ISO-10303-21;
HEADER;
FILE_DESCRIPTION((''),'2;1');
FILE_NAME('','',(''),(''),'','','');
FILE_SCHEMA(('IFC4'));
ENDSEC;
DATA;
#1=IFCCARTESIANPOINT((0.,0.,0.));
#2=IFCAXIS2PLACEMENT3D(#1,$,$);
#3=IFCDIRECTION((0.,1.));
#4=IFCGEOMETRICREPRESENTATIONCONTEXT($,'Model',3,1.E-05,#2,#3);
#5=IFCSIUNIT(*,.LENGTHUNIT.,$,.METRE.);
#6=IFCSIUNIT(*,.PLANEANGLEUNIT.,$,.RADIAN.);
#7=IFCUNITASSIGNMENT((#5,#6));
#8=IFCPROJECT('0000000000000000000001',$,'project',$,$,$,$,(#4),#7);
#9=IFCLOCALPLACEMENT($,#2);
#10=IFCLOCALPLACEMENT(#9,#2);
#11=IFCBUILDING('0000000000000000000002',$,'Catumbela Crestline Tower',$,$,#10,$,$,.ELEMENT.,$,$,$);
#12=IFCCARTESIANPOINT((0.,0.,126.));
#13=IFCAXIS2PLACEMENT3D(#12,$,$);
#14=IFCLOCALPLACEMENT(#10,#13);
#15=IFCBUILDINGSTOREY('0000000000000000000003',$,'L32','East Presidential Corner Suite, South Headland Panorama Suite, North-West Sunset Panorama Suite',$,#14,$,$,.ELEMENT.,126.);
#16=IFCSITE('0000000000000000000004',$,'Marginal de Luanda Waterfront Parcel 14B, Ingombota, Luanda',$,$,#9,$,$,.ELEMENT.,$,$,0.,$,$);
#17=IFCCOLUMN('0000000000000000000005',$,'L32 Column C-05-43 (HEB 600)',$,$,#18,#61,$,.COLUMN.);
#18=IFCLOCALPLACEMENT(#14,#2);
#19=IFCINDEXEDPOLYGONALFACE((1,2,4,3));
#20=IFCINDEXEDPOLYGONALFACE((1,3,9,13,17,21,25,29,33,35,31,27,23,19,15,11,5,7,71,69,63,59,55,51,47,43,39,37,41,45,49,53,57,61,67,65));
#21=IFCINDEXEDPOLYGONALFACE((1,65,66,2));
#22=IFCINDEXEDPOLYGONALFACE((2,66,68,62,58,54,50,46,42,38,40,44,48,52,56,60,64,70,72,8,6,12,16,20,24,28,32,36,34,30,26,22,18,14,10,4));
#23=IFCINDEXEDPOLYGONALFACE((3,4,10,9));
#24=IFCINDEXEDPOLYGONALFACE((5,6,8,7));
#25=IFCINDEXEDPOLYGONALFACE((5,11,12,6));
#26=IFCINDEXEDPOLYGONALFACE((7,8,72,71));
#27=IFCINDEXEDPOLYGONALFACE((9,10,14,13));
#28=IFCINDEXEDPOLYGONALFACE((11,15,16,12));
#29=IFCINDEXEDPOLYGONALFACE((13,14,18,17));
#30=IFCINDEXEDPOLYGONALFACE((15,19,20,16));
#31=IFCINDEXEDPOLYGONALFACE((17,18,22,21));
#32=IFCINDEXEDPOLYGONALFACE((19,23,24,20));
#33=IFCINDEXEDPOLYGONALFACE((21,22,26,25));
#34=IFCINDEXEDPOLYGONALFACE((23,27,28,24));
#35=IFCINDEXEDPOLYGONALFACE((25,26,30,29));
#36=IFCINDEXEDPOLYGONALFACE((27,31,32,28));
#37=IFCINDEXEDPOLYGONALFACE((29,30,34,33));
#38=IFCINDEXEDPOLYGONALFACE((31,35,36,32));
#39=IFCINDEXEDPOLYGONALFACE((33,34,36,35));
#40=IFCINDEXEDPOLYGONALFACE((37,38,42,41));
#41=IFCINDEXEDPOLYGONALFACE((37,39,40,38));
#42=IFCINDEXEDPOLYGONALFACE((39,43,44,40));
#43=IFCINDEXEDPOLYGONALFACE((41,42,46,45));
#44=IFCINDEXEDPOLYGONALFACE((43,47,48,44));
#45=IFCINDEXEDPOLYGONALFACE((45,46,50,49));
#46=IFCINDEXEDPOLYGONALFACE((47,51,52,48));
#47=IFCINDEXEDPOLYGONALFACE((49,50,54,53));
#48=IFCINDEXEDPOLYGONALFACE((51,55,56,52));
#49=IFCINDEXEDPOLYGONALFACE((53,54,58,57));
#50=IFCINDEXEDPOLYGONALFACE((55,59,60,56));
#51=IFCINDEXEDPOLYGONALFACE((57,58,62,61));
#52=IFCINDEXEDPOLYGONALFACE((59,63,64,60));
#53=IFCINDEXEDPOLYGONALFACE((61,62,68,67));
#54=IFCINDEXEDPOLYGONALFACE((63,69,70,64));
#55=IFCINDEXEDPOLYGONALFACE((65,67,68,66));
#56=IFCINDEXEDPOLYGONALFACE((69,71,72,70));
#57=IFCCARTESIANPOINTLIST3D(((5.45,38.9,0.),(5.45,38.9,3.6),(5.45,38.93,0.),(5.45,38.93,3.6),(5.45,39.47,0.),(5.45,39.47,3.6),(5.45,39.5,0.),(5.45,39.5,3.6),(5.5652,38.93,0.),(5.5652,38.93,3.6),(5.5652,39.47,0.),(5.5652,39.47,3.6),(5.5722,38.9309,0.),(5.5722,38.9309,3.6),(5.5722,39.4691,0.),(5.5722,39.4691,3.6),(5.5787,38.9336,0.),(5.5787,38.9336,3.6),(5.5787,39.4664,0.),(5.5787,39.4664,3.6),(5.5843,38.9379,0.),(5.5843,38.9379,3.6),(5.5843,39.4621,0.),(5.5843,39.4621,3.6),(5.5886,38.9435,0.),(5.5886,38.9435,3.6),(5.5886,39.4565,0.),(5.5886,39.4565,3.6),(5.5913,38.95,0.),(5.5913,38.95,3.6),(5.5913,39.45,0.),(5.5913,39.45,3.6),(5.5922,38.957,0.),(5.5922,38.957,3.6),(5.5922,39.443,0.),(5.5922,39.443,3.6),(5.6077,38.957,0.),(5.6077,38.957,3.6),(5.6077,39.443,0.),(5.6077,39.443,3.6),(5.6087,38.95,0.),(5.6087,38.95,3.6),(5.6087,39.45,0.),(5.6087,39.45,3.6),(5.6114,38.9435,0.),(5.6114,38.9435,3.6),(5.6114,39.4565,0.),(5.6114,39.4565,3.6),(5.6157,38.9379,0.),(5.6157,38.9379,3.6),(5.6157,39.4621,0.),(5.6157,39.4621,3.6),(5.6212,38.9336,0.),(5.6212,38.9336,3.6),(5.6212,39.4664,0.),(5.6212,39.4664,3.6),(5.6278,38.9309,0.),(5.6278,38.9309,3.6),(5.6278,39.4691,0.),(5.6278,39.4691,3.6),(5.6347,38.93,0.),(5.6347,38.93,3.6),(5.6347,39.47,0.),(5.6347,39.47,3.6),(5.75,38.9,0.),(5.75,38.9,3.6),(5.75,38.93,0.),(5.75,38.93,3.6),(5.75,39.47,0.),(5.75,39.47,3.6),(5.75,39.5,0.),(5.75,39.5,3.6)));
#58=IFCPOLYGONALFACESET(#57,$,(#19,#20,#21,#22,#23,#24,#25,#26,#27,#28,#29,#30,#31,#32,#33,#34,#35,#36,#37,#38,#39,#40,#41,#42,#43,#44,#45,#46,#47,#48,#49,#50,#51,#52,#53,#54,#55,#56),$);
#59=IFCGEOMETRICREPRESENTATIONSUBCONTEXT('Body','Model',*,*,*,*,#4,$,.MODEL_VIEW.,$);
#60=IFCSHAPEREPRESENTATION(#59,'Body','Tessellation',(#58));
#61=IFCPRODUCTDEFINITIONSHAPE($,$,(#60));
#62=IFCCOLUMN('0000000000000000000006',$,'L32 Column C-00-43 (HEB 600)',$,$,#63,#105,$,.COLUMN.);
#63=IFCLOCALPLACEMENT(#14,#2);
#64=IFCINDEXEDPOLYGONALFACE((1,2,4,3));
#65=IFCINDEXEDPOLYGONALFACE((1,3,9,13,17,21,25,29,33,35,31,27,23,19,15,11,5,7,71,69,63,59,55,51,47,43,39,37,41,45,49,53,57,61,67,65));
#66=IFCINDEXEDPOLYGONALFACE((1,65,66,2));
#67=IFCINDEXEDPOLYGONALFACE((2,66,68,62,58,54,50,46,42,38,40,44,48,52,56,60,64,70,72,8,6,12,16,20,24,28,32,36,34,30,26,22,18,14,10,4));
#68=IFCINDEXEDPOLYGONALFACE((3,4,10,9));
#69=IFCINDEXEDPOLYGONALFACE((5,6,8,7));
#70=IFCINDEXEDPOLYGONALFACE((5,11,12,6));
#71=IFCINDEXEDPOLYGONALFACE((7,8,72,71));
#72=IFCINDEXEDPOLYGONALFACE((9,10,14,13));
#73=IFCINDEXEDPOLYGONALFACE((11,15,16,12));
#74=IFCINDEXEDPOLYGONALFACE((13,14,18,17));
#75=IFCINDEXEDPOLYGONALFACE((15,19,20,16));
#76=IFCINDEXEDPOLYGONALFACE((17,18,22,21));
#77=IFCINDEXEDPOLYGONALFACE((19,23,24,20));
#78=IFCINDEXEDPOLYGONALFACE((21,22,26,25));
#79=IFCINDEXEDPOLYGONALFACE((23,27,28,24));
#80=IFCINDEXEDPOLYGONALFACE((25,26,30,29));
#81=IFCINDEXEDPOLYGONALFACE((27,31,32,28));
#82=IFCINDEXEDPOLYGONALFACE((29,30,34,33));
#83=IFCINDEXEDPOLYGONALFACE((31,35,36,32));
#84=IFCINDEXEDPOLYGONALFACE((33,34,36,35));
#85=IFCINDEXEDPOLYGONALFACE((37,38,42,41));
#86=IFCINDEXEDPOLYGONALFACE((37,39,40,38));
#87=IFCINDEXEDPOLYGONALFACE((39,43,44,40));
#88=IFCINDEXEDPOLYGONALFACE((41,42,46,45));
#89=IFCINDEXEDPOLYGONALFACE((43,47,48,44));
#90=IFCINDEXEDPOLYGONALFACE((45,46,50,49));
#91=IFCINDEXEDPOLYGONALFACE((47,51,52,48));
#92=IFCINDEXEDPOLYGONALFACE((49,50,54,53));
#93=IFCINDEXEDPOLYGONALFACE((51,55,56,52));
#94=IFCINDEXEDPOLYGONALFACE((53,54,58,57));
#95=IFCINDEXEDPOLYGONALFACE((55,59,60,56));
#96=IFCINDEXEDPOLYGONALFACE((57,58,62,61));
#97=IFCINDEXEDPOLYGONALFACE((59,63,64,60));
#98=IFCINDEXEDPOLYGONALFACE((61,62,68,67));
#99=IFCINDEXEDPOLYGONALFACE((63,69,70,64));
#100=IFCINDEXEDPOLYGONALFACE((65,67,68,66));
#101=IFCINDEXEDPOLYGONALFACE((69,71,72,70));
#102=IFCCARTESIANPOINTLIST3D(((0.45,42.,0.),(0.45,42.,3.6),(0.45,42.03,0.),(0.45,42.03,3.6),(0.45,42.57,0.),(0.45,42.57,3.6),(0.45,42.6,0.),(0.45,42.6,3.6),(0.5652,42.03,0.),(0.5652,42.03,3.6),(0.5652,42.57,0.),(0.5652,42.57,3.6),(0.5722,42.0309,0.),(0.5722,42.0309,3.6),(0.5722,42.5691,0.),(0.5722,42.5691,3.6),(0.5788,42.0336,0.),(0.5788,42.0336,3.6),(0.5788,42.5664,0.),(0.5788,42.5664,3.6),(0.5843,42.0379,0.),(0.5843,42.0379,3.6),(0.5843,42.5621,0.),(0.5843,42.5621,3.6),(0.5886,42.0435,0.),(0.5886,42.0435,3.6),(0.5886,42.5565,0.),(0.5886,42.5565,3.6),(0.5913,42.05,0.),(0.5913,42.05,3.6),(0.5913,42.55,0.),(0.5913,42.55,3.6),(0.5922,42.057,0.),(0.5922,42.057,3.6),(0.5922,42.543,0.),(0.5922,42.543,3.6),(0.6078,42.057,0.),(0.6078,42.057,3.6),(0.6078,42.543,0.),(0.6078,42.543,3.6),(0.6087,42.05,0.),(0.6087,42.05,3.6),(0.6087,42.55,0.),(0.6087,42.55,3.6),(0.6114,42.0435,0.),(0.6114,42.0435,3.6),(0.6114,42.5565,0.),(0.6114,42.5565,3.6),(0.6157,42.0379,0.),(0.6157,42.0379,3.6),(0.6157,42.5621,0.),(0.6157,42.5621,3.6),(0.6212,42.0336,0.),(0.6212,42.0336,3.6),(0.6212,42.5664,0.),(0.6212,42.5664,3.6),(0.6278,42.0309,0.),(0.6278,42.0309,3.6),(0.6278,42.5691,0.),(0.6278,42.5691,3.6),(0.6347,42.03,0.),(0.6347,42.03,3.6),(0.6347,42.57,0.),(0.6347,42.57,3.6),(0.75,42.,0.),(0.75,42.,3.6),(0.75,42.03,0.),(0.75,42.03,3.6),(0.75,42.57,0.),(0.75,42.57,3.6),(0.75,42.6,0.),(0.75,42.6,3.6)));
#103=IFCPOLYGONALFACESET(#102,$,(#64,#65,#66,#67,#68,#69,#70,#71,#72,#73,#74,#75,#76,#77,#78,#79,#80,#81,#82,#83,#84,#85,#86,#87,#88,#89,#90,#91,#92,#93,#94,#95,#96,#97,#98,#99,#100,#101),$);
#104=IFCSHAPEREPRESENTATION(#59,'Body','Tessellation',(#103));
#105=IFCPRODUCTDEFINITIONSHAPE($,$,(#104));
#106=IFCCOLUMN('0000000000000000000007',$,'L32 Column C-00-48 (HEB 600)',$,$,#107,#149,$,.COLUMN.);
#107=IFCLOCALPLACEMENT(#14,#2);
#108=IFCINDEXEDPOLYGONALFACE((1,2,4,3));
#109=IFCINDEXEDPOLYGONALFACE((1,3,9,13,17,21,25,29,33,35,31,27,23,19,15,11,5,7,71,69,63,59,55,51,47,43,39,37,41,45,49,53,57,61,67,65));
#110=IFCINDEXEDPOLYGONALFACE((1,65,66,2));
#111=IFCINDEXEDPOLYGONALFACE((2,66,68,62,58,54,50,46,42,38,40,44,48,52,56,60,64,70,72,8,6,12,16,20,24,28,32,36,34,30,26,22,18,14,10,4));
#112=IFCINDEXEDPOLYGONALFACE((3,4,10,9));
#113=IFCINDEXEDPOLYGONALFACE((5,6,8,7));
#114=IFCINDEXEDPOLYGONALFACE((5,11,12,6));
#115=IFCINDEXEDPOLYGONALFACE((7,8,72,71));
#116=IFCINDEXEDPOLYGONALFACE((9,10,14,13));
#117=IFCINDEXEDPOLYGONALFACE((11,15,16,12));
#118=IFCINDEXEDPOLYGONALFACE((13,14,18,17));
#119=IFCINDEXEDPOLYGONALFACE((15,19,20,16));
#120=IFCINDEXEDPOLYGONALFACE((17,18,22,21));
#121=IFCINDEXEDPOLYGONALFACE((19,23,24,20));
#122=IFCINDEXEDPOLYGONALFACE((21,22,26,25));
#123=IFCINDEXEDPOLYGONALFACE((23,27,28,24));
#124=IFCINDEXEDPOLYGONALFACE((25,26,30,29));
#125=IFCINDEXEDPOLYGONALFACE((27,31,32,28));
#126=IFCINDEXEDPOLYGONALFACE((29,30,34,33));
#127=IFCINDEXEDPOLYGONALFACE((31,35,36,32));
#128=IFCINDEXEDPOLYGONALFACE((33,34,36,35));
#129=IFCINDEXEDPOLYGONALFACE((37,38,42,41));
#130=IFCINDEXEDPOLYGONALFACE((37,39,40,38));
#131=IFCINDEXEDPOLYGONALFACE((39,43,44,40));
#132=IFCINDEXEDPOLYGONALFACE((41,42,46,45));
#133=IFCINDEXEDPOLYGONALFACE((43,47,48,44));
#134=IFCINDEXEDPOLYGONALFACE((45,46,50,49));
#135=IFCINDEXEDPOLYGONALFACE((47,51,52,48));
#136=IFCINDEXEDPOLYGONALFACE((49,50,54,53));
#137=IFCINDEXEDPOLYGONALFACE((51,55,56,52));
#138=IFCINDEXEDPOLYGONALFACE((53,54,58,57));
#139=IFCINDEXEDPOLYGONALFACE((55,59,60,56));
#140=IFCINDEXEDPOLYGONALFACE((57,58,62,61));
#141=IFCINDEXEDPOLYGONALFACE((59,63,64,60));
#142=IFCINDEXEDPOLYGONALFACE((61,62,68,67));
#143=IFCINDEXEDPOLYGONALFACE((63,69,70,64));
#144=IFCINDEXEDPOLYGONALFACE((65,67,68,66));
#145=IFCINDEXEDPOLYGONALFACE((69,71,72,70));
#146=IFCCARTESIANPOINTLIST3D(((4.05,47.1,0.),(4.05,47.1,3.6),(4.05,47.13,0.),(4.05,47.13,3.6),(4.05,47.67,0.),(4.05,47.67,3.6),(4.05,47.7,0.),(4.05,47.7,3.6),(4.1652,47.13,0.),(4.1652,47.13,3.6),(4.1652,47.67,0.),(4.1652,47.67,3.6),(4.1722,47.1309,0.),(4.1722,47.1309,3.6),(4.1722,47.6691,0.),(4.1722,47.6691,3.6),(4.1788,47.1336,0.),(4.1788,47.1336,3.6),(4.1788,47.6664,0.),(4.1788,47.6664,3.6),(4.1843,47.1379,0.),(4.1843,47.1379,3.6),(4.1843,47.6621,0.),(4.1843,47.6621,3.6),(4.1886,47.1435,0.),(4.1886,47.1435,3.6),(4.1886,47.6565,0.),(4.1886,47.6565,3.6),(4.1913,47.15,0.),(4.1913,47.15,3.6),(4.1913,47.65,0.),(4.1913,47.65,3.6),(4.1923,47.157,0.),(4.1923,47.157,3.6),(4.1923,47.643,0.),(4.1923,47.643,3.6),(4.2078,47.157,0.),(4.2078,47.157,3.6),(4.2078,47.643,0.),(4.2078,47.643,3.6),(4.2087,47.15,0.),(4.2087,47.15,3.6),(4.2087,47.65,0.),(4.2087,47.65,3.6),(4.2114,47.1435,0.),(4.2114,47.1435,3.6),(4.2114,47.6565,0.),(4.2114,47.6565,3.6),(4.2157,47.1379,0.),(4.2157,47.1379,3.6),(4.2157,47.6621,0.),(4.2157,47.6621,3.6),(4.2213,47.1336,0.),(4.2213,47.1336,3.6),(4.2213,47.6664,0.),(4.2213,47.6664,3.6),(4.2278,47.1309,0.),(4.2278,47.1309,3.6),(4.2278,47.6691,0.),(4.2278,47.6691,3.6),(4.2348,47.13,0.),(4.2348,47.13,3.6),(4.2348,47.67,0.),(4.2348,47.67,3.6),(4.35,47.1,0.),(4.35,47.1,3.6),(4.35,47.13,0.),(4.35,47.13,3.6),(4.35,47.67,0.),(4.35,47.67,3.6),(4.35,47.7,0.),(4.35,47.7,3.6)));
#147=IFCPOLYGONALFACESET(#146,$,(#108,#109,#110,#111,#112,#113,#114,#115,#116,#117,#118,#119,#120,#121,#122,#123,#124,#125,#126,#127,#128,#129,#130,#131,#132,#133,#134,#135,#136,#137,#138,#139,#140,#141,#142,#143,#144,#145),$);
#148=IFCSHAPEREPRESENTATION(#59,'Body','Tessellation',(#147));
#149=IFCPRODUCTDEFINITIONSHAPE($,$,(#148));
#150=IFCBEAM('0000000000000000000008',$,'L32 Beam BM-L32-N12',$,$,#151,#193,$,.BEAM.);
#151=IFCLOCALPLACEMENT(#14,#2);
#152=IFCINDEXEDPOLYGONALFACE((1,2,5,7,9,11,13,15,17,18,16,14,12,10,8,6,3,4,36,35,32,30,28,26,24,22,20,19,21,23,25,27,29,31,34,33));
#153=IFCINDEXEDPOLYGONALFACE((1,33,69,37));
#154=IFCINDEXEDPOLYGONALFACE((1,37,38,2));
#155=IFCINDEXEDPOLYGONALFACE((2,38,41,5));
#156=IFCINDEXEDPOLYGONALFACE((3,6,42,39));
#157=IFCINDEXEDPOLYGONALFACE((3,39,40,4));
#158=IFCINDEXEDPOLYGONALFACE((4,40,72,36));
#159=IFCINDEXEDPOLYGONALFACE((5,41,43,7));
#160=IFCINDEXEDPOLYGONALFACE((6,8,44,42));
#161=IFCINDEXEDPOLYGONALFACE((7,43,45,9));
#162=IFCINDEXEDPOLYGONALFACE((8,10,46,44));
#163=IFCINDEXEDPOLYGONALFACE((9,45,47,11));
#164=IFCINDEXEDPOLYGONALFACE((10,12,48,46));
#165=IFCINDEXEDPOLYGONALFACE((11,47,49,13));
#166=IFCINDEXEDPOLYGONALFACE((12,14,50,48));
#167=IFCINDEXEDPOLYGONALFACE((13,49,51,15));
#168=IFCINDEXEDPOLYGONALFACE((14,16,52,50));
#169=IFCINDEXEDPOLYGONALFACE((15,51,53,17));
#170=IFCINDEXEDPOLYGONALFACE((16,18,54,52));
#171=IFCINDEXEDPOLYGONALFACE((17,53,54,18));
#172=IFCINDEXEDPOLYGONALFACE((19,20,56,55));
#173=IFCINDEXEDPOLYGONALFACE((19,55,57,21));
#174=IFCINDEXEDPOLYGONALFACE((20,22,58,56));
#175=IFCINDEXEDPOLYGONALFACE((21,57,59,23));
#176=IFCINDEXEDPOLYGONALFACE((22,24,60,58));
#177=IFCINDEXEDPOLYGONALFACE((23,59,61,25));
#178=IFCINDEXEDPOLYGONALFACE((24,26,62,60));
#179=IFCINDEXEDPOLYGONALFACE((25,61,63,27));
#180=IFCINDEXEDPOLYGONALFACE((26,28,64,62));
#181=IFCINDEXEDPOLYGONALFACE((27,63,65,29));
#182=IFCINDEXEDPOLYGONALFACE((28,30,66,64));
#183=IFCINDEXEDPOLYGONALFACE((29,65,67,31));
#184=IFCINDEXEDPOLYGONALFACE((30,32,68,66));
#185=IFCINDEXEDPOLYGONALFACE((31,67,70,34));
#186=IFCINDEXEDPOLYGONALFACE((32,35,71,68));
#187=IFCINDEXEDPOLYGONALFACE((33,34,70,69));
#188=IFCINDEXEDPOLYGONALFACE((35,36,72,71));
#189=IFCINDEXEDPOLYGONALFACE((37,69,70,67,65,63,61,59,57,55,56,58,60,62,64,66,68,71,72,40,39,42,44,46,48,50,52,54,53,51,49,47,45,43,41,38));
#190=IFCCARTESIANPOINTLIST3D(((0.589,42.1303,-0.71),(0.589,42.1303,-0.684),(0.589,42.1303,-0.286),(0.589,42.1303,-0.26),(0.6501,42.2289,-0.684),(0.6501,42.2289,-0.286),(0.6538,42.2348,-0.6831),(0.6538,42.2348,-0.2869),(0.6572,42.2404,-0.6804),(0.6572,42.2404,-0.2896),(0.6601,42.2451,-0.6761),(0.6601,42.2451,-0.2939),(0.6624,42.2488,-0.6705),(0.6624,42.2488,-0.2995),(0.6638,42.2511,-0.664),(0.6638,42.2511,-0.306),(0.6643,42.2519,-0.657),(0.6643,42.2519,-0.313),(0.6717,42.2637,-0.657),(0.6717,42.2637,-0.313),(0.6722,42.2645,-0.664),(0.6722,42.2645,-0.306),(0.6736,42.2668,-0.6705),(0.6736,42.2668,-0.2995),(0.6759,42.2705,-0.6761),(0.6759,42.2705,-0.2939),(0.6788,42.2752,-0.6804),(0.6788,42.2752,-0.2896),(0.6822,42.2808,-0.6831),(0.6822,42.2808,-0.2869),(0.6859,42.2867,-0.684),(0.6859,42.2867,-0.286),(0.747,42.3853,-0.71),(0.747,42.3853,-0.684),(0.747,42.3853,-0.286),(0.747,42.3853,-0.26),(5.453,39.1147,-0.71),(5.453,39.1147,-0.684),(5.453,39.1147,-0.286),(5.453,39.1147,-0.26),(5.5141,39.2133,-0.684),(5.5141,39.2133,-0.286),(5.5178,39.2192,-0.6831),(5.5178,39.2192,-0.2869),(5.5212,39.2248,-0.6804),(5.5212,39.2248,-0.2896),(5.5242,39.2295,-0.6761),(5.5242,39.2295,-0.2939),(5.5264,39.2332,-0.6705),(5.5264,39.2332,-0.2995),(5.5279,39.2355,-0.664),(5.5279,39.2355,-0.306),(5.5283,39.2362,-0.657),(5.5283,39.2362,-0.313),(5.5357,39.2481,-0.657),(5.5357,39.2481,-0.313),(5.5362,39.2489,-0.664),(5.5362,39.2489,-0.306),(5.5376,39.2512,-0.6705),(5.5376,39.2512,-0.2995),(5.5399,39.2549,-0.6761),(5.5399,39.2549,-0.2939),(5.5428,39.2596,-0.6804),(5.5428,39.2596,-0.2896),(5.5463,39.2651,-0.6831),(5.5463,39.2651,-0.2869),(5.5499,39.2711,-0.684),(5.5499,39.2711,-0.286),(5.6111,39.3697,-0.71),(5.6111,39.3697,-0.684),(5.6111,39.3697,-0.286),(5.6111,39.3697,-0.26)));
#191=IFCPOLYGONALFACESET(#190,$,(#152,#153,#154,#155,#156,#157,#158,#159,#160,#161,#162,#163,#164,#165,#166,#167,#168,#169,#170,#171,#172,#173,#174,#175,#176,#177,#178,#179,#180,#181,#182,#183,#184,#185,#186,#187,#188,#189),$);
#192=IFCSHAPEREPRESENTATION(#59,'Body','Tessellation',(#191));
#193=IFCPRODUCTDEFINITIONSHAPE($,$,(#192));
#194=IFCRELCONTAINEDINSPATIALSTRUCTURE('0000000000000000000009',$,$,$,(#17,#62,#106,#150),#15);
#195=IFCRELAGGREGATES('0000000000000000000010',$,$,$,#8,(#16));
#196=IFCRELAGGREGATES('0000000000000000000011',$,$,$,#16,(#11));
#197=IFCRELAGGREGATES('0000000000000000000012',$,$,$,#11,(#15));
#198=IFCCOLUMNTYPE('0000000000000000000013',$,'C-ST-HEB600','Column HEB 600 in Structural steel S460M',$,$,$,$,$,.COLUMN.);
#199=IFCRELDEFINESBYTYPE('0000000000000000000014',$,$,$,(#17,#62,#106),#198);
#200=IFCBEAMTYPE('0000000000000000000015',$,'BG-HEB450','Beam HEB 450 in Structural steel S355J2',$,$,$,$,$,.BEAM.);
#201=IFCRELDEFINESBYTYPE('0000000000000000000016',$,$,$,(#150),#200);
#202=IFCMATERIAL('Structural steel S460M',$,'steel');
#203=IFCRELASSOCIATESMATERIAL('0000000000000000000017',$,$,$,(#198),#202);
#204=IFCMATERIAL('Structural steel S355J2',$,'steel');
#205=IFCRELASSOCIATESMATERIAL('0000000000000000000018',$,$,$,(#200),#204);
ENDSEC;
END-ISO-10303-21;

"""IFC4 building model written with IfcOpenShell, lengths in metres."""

from ifc_helpers import new_model, si_unit, direction, frame, origin, origin_2d, place, context, subcontext, project, spatial, i_section, extrude, material, material_profile, profile_set, type_object, element, save


model = new_model("IFC4")

# Units and contexts
model_context = context("Model", 3, precision=1e-05, world=origin(), true_north=direction((0.0, 1.0)))
body_context = subcontext(model_context, "Body", "Model", "MODEL_VIEW")
ifc_project = project(units=[si_unit("LENGTHUNIT", "METRE"), si_unit("PLANEANGLEUNIT", "RADIAN")], contexts=[model_context])

# Site, building, storey
site_placement = place(None, origin())
site = spatial("IfcSite", under=ifc_project, at=site_placement, Name="Marginal de Luanda Waterfront Parcel 14B, Ingombota, Luanda", CompositionType="ELEMENT", RefElevation=0.0)
building_placement = place(site_placement, origin())
building = spatial("IfcBuilding", under=site, at=building_placement, Name="Catumbela Crestline Tower", CompositionType="ELEMENT")
storey_placement = place(building_placement, frame((0.0, 0.0, 126.0)))
storey = spatial("IfcBuildingStorey", under=building, at=storey_placement, Name="L32", Description="East Presidential Corner Suite, South Headland Panorama Suite, North-West Sunset Panorama Suite", CompositionType="ELEMENT", Elevation=126.0)

# Columns
ifc_material_1 = material(Name="Structural steel S460M", Category="steel")
ifc_material_profile_1 = material_profile(ifc_material_1, i_section(OverallWidth=0.3, OverallDepth=0.6, WebThickness=0.0155, FlangeThickness=0.03, FilletRadius=0.027, at=origin_2d()), Name="HEB 600")
ifc_profile_set_1 = profile_set([ifc_material_profile_1], Name="Structural steel S460M")
column_type = type_object("IfcColumnType", Name="C-ST-HEB600", Description="Column HEB 600 in Structural steel S460M", PredefinedType="COLUMN", material=ifc_profile_set_1)
for number, where, z_axis, x_axis, name in (
    (1, (5.6, 39.2, 0.0), (0.0, 0.0, 1.0), (1.0, 0.0, 0.0), "L32 Column C-05-43 (HEB 600)"),
    (2, (0.6, 42.3, 0.0), (0.0, 0.0, 1.0), (1.0, 0.0, 0.0), "L32 Column C-00-43 (HEB 600)"),
    (3, (4.2, 47.4, 0.0), (0.0, 0.0, 1.0), (1.0, 0.0, 0.0), "L32 Column C-00-48 (HEB 600)"),
):
    element("IfcColumn", number, at=place(storey_placement, frame(where, z_axis=z_axis, x_axis=x_axis)), inside=storey, type_object=column_type, Name=name, PredefinedType="COLUMN", context=body_context, shape_type="SweptSolid", body=[
        extrude(i_section(OverallWidth=0.3, OverallDepth=0.6, WebThickness=0.0155, FlangeThickness=0.03, FilletRadius=0.027, at=origin_2d()), origin(), (0.0, 0.0, 1.0), 3.6),
    ])

# Beam
ifc_material_2 = material(Name="Structural steel S355J2", Category="steel")
ifc_material_profile_2 = material_profile(ifc_material_2, i_section(OverallWidth=0.3, OverallDepth=0.45, WebThickness=0.014, FlangeThickness=0.026, FilletRadius=0.027, at=origin_2d()), Name="HEB 450")
ifc_profile_set_2 = profile_set([ifc_material_profile_2], Name="Structural steel S355J2")
beam_type_1 = type_object("IfcBeamType", Name="BG-HEB450", Description="Beam HEB 450 in Structural steel S355J2", PredefinedType="BEAM", material=ifc_profile_set_2)
beam_1_placement = place(storey_placement, frame((0.668, 42.2578, -0.485), z_axis=(0.849909, -0.52693, 0.0), x_axis=(0.52693, 0.849909, 0.0)))
element("IfcBeam", 4, at=beam_1_placement, inside=storey, type_object=beam_type_1, Name="L32 Beam BM-L32-N12", PredefinedType="BEAM", context=body_context, shape_type="SweptSolid", body=[
    extrude(i_section(OverallWidth=0.3, OverallDepth=0.45, WebThickness=0.014, FlangeThickness=0.026, FilletRadius=0.027, at=origin_2d()), origin(), (0.0, 0.0, 1.0), 5.723),
])

save(model, "model.ifc")
